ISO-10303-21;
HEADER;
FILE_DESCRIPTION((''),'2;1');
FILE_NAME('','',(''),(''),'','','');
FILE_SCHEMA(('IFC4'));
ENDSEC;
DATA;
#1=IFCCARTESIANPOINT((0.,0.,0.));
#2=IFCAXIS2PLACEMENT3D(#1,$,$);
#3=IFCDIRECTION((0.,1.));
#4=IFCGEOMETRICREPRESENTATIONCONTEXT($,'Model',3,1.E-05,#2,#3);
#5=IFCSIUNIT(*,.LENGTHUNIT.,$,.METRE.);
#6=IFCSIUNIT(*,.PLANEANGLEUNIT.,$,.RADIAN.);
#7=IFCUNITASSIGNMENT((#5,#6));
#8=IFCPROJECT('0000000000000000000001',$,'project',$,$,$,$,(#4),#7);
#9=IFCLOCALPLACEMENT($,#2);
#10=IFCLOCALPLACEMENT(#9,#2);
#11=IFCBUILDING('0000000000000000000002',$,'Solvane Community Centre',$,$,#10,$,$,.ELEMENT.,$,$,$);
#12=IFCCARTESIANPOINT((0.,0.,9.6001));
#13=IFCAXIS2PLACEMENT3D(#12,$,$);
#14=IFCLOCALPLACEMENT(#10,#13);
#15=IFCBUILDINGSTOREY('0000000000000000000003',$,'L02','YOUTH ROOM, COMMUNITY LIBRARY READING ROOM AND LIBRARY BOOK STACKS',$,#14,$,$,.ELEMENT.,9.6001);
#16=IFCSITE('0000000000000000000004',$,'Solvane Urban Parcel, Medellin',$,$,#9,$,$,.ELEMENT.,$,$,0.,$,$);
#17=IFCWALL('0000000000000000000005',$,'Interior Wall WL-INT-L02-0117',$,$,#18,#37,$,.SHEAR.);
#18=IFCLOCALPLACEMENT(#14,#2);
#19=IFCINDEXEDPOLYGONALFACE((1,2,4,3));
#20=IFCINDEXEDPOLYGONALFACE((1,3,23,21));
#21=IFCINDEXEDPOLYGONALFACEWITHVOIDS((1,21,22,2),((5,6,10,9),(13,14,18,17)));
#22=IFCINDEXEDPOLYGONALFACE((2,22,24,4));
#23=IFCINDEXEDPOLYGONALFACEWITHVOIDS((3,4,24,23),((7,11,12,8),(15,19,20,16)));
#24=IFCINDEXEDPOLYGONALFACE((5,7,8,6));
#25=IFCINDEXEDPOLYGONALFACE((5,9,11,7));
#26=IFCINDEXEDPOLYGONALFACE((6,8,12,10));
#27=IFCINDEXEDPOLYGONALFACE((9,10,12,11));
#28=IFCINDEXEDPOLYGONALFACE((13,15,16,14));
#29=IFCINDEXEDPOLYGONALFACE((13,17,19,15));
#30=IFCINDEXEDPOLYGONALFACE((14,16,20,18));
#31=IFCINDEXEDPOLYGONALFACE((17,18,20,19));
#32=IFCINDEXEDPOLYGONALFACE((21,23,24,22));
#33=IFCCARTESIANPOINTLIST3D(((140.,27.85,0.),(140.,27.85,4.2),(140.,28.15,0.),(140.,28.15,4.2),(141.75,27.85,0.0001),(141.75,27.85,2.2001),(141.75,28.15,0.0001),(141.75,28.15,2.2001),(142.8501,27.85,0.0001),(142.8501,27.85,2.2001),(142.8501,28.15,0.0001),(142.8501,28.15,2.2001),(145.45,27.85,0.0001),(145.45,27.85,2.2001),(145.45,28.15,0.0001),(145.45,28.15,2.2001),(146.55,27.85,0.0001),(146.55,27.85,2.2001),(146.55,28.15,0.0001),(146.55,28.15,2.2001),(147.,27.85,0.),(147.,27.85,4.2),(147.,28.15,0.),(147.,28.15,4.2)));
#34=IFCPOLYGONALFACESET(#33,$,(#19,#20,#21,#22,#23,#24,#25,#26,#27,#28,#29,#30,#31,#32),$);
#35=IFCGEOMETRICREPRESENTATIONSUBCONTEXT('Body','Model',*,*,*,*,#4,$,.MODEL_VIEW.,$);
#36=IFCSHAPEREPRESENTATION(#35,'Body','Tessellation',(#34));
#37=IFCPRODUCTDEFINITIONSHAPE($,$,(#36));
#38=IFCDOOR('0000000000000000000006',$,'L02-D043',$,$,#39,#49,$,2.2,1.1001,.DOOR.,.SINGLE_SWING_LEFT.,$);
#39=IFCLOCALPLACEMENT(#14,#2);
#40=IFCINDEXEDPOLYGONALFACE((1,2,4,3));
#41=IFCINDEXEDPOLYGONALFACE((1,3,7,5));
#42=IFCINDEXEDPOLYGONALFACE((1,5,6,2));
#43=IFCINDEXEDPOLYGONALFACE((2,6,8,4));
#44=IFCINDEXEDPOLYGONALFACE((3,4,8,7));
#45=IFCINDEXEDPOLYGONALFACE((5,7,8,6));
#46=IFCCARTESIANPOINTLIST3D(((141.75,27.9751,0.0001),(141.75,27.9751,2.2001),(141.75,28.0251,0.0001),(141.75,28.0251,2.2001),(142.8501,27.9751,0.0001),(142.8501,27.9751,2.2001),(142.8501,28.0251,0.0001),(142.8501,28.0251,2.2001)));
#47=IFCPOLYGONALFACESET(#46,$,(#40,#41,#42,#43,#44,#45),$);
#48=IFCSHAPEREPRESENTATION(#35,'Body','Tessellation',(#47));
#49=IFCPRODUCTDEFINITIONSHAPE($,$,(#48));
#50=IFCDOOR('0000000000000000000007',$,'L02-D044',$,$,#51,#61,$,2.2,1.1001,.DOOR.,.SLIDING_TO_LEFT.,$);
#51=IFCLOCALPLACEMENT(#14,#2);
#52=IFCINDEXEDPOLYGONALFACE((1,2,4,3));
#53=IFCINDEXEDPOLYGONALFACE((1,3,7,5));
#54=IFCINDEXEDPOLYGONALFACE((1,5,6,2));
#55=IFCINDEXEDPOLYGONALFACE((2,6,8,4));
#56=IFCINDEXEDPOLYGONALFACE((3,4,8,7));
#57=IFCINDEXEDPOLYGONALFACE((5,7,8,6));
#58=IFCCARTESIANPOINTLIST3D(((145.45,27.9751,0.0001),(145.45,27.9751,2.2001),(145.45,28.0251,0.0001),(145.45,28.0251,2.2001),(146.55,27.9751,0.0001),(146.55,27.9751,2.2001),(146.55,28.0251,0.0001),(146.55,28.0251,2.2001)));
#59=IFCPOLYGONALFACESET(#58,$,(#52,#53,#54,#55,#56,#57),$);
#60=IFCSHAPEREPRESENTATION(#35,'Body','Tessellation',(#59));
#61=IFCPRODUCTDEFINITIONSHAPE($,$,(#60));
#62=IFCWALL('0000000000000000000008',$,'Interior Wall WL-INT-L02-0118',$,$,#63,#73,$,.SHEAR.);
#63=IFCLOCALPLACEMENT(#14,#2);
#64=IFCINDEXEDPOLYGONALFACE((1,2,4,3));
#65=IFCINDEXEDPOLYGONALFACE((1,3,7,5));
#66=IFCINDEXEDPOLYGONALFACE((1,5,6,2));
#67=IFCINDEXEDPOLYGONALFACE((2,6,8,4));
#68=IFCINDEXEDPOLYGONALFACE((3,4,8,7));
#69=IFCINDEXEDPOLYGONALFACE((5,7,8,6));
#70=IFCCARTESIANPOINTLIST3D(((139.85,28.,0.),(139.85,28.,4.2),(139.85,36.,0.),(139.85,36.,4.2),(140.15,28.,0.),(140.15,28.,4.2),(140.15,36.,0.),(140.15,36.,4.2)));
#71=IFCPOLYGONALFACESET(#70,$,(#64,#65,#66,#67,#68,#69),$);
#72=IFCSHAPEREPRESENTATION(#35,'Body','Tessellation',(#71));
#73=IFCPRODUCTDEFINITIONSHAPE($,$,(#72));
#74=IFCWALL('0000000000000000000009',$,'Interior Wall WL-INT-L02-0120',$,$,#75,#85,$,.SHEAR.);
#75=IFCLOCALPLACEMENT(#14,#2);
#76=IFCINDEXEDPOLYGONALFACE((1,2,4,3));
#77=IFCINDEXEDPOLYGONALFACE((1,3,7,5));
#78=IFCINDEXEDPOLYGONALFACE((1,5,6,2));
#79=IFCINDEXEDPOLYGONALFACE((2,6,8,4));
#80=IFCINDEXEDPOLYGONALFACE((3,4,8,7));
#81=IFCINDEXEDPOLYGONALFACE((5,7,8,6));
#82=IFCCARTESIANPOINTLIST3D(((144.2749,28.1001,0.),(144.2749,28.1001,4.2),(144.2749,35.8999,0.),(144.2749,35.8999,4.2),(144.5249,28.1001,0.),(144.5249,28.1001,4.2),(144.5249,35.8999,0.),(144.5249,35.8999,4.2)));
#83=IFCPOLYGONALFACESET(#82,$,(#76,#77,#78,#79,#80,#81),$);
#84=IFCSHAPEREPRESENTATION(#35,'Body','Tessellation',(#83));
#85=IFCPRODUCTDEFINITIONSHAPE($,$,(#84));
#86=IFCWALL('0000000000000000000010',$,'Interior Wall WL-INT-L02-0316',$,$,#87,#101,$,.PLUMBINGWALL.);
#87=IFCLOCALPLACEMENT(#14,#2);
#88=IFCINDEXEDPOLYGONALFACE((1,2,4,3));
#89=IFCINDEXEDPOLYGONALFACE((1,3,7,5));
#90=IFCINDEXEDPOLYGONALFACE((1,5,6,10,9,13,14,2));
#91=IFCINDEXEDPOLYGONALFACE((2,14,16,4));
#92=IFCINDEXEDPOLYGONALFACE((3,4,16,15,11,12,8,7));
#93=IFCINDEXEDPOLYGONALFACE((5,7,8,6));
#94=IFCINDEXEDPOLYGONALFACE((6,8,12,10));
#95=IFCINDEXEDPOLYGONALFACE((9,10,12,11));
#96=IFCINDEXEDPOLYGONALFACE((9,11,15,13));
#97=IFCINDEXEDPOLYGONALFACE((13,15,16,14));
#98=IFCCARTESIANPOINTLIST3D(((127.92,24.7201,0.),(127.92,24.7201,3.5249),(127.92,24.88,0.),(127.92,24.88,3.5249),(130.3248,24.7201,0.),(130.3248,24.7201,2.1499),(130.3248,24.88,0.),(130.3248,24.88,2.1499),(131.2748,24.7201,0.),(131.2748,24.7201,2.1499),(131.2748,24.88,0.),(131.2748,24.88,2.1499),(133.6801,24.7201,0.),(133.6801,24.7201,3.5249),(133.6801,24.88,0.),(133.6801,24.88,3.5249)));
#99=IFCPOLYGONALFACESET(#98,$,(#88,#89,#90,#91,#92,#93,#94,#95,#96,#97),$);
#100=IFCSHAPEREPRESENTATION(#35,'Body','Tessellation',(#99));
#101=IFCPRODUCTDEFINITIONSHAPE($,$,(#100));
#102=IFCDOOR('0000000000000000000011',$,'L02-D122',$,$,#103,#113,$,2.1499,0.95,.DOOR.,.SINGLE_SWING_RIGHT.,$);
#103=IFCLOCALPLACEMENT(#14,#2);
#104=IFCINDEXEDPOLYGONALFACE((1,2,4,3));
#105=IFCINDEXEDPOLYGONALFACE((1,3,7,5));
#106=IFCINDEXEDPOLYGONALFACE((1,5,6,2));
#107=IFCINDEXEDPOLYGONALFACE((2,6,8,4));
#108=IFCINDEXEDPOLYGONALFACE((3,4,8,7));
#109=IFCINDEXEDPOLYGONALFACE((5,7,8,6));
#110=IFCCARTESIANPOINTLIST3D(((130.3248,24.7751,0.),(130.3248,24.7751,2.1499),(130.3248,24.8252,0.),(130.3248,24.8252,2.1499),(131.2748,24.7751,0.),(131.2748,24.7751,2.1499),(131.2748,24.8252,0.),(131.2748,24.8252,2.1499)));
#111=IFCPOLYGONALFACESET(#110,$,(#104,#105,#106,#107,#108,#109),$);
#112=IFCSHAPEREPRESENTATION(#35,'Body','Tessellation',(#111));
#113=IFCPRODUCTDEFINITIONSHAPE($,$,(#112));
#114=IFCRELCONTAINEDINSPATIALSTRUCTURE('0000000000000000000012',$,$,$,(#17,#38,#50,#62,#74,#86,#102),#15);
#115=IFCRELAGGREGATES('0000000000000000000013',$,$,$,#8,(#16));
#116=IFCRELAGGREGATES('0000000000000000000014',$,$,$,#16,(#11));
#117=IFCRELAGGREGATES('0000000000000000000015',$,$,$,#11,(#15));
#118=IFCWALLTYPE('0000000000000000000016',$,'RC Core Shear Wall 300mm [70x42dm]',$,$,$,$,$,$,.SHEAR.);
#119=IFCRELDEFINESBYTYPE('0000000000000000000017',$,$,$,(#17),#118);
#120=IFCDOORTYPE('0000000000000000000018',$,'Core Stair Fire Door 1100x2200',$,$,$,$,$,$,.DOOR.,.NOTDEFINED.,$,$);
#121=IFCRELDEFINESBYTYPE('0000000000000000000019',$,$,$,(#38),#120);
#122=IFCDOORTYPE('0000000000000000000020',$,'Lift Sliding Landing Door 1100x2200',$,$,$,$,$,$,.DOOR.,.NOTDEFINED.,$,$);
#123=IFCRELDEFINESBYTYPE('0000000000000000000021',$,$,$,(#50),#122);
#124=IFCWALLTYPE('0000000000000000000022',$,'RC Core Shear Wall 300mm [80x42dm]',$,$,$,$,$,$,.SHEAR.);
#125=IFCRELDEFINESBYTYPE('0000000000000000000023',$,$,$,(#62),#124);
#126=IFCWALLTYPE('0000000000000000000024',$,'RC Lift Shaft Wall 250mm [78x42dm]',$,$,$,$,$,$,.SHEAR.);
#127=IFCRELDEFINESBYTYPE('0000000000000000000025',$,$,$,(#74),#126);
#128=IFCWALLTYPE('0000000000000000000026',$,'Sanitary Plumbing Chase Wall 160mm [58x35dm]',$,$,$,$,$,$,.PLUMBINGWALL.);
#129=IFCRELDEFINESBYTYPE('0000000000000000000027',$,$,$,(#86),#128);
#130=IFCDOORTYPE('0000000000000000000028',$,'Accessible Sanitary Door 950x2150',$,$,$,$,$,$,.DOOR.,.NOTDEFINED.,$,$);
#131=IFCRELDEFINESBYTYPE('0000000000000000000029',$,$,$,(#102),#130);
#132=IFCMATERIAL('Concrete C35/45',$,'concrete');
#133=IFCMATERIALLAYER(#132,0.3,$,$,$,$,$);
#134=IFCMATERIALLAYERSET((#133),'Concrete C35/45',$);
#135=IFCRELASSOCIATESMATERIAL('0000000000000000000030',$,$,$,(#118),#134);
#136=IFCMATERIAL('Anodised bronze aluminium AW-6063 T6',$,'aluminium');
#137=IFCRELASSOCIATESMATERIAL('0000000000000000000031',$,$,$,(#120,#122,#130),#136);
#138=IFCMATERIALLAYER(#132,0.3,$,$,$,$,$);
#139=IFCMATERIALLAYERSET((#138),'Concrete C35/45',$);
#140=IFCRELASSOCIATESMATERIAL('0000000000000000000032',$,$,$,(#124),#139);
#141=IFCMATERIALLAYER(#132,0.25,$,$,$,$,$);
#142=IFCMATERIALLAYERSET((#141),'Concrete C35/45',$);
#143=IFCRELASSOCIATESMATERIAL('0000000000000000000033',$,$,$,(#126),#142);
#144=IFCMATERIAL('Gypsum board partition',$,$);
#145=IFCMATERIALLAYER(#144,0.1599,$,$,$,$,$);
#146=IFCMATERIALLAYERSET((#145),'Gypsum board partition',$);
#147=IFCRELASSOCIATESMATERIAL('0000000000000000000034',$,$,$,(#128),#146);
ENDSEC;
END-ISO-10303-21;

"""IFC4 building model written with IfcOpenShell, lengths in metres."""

from ifc_helpers import new_model, si_unit, direction, frame, frame_2d, origin, place, context, subcontext, project, spatial, rectangle, extrude, material, layer, layer_set, type_object, element, fill, save


model = new_model("IFC4")

# Units and contexts
model_context = context("Model", 3, precision=1e-05, world=origin(), true_north=direction((0.0, 1.0)))
body_context = subcontext(model_context, "Body", "Model", "MODEL_VIEW")
ifc_project = project(units=[si_unit("LENGTHUNIT", "METRE"), si_unit("PLANEANGLEUNIT", "RADIAN")], contexts=[model_context])

# Site, building, storey
site_placement = place(None, origin())
site = spatial("IfcSite", under=ifc_project, at=site_placement, Name="Solvane Urban Parcel, Medellin", CompositionType="ELEMENT", RefElevation=0.0)
building_placement = place(site_placement, origin())
building = spatial("IfcBuilding", under=site, at=building_placement, Name="Solvane Community Centre", CompositionType="ELEMENT")
storey_placement = place(building_placement, frame((0.0, 0.0, 9.6001)))
storey = spatial("IfcBuildingStorey", under=building, at=storey_placement, Name="L02", Description="YOUTH ROOM, COMMUNITY LIBRARY READING ROOM AND LIBRARY BOOK STACKS", CompositionType="ELEMENT", Elevation=9.6001)

# Shared definitions
ifc_material_1 = material(Name="Concrete C35/45", Category="concrete")

# Shared definitions
ifc_material_2 = material(Name="Gypsum board partition")

# Wall, openings, doors
ifc_layer_1 = layer(ifc_material_1, 0.3)
ifc_layer_set_1 = layer_set([ifc_layer_1], Name="Concrete C35/45")
wall_type_1 = type_object("IfcWallType", Name="RC Core Shear Wall 300mm [70x42dm]", PredefinedType="SHEAR", material=ifc_layer_set_1)
wall_1_placement = place(storey_placement, frame((147.0, 28.0, 0.0), z_axis=(0.0, 0.0, 1.0), x_axis=(-1.0, 0.0, 0.0)))
wall_1 = element("IfcWall", 1, at=wall_1_placement, inside=storey, type_object=wall_type_1, Name="Interior Wall WL-INT-L02-0117", PredefinedType="SHEAR", context=body_context, shape_type="SweptSolid", body=[
    extrude(rectangle(XDim=7.0, YDim=0.3, at=frame_2d((3.5, 0.0))), origin(), (0.0, 0.0, 1.0), 4.2),
])
opening_1_placement = place(wall_1_placement, frame((4.1499, 0.0, 0.0)))
opening_1 = element("IfcOpeningElement", 2, at=opening_1_placement, cuts=wall_1, PredefinedType="OPENING", context=body_context, shape_type="SweptSolid", body=[
    extrude(rectangle(XDim=1.1001, YDim=2.2, at=frame_2d((0.55, 1.1001))), frame((0.0, 0.1599, 0.0), z_axis=(0.0, -1.0, 0.0), x_axis=(1.0, 0.0, 0.0)), (0.0, 0.0, 1.0), 0.3201),
])
opening_2_placement = place(wall_1_placement, frame((0.45, 0.0, 0.0)))
opening_2 = element("IfcOpeningElement", 3, at=opening_2_placement, cuts=wall_1, PredefinedType="OPENING", context=body_context, shape_type="SweptSolid", body=[
    extrude(rectangle(XDim=1.1001, YDim=2.2, at=frame_2d((0.55, 1.1001))), frame((0.0, 0.1599, 0.0), z_axis=(0.0, -1.0, 0.0), x_axis=(1.0, 0.0, 0.0)), (0.0, 0.0, 1.0), 0.3201),
])
ifc_material_3 = material(Name="Anodised bronze aluminium AW-6063 T6", Category="aluminium")
door_type_1 = type_object("IfcDoorType", Name="Core Stair Fire Door 1100x2200", OperationType="NOTDEFINED", PredefinedType="DOOR", material=ifc_material_3)
door_1_placement = place(opening_1_placement, origin())
door_1 = element("IfcDoor", 4, at=door_1_placement, inside=storey, type_object=door_type_1, Name="L02-D043", OperationType="SINGLE_SWING_LEFT", OverallHeight=2.2, OverallWidth=1.1001, PredefinedType="DOOR", context=body_context, shape_type="SweptSolid", body=[
    extrude(rectangle(XDim=1.1001, YDim=2.2, at=frame_2d((0.55, 1.1001))), frame((0.0, 0.0249, 0.0), z_axis=(0.0, -1.0, 0.0), x_axis=(1.0, 0.0, 0.0)), (0.0, 0.0, 1.0), 0.05),
])
fill(opening_1, door_1)
door_type_2 = type_object("IfcDoorType", Name="Lift Sliding Landing Door 1100x2200", OperationType="NOTDEFINED", PredefinedType="DOOR", material=ifc_material_3)
door_2_placement = place(opening_2_placement, origin())
door_2 = element("IfcDoor", 5, at=door_2_placement, inside=storey, type_object=door_type_2, Name="L02-D044", OperationType="SLIDING_TO_LEFT", OverallHeight=2.2, OverallWidth=1.1001, PredefinedType="DOOR", context=body_context, shape_type="SweptSolid", body=[
    extrude(rectangle(XDim=1.1001, YDim=2.2, at=frame_2d((0.55, 1.1001))), frame((0.0, 0.0249, 0.0), z_axis=(0.0, -1.0, 0.0), x_axis=(1.0, 0.0, 0.0)), (0.0, 0.0, 1.0), 0.05),
])
fill(opening_2, door_2)

# Walls
ifc_layer_2 = layer(ifc_material_1, 0.3)
ifc_layer_set_2 = layer_set([ifc_layer_2], Name="Concrete C35/45")
wall_type_2 = type_object("IfcWallType", Name="RC Core Shear Wall 300mm [80x42dm]", PredefinedType="SHEAR", material=ifc_layer_set_2)
wall_2_placement = place(storey_placement, frame((140.0, 28.0, 0.0), z_axis=(0.0, 0.0, 1.0), x_axis=(0.0, 1.0, 0.0)))
element("IfcWall", 6, at=wall_2_placement, inside=storey, type_object=wall_type_2, Name="Interior Wall WL-INT-L02-0118", PredefinedType="SHEAR", context=body_context, shape_type="SweptSolid", body=[
    extrude(rectangle(XDim=8.0, YDim=0.3, at=frame_2d((4.0, 0.0))), origin(), (0.0, 0.0, 1.0), 4.2),
])
ifc_layer_3 = layer(ifc_material_1, 0.25)
ifc_layer_set_3 = layer_set([ifc_layer_3], Name="Concrete C35/45")
wall_type_3 = type_object("IfcWallType", Name="RC Lift Shaft Wall 250mm [78x42dm]", PredefinedType="SHEAR", material=ifc_layer_set_3)
wall_3_placement = place(storey_placement, frame((144.3999, 28.1001, 0.0), z_axis=(0.0, 0.0, 1.0), x_axis=(0.0, 1.0, 0.0)))
element("IfcWall", 7, at=wall_3_placement, inside=storey, type_object=wall_type_3, Name="Interior Wall WL-INT-L02-0120", PredefinedType="SHEAR", context=body_context, shape_type="SweptSolid", body=[
    extrude(rectangle(XDim=7.7998, YDim=0.25, at=frame_2d((3.8999, 0.0))), origin(), (0.0, 0.0, 1.0), 4.2),
])

# Wall, opening, door
ifc_layer_4 = layer(ifc_material_2, 0.1599)
ifc_layer_set_4 = layer_set([ifc_layer_4], Name="Gypsum board partition")
wall_type_4 = type_object("IfcWallType", Name="Sanitary Plumbing Chase Wall 160mm [58x35dm]", PredefinedType="PLUMBINGWALL", material=ifc_layer_set_4)
wall_4_placement = place(storey_placement, frame((133.6799, 24.8, 0.0), z_axis=(0.0, 0.0, 1.0), x_axis=(-1.0, 0.0, 0.0)))
wall_4 = element("IfcWall", 8, at=wall_4_placement, inside=storey, type_object=wall_type_4, Name="Interior Wall WL-INT-L02-0316", PredefinedType="PLUMBINGWALL", context=body_context, shape_type="SweptSolid", body=[
    extrude(rectangle(XDim=5.76, YDim=0.1599, at=frame_2d((2.8799, 0.0))), origin(), (0.0, 0.0, 1.0), 3.5249),
])
opening_3_placement = place(wall_4_placement, frame((2.405, 0.0, 0.0)))
opening_3 = element("IfcOpeningElement", 9, at=opening_3_placement, cuts=wall_4, PredefinedType="OPENING", context=body_context, shape_type="SweptSolid", body=[
    extrude(rectangle(XDim=0.95, YDim=2.1499, at=frame_2d((0.4751, 1.075))), frame((0.0, 0.0898, 0.0), z_axis=(0.0, -1.0, 0.0), x_axis=(1.0, 0.0, 0.0)), (0.0, 0.0, 1.0), 0.1799),
])
door_type_3 = type_object("IfcDoorType", Name="Accessible Sanitary Door 950x2150", OperationType="NOTDEFINED", PredefinedType="DOOR", material=ifc_material_3)
door_3_placement = place(opening_3_placement, origin())
door_3 = element("IfcDoor", 10, at=door_3_placement, inside=storey, type_object=door_type_3, Name="L02-D122", OperationType="SINGLE_SWING_RIGHT", OverallHeight=2.1499, OverallWidth=0.95, PredefinedType="DOOR", context=body_context, shape_type="SweptSolid", body=[
    extrude(rectangle(XDim=0.95, YDim=2.1499, at=frame_2d((0.4751, 1.075))), frame((0.0, 0.0249, 0.0), z_axis=(0.0, -1.0, 0.0), x_axis=(1.0, 0.0, 0.0)), (0.0, 0.0, 1.0), 0.05),
])
fill(opening_3, door_3)

save(model, "model.ifc")
